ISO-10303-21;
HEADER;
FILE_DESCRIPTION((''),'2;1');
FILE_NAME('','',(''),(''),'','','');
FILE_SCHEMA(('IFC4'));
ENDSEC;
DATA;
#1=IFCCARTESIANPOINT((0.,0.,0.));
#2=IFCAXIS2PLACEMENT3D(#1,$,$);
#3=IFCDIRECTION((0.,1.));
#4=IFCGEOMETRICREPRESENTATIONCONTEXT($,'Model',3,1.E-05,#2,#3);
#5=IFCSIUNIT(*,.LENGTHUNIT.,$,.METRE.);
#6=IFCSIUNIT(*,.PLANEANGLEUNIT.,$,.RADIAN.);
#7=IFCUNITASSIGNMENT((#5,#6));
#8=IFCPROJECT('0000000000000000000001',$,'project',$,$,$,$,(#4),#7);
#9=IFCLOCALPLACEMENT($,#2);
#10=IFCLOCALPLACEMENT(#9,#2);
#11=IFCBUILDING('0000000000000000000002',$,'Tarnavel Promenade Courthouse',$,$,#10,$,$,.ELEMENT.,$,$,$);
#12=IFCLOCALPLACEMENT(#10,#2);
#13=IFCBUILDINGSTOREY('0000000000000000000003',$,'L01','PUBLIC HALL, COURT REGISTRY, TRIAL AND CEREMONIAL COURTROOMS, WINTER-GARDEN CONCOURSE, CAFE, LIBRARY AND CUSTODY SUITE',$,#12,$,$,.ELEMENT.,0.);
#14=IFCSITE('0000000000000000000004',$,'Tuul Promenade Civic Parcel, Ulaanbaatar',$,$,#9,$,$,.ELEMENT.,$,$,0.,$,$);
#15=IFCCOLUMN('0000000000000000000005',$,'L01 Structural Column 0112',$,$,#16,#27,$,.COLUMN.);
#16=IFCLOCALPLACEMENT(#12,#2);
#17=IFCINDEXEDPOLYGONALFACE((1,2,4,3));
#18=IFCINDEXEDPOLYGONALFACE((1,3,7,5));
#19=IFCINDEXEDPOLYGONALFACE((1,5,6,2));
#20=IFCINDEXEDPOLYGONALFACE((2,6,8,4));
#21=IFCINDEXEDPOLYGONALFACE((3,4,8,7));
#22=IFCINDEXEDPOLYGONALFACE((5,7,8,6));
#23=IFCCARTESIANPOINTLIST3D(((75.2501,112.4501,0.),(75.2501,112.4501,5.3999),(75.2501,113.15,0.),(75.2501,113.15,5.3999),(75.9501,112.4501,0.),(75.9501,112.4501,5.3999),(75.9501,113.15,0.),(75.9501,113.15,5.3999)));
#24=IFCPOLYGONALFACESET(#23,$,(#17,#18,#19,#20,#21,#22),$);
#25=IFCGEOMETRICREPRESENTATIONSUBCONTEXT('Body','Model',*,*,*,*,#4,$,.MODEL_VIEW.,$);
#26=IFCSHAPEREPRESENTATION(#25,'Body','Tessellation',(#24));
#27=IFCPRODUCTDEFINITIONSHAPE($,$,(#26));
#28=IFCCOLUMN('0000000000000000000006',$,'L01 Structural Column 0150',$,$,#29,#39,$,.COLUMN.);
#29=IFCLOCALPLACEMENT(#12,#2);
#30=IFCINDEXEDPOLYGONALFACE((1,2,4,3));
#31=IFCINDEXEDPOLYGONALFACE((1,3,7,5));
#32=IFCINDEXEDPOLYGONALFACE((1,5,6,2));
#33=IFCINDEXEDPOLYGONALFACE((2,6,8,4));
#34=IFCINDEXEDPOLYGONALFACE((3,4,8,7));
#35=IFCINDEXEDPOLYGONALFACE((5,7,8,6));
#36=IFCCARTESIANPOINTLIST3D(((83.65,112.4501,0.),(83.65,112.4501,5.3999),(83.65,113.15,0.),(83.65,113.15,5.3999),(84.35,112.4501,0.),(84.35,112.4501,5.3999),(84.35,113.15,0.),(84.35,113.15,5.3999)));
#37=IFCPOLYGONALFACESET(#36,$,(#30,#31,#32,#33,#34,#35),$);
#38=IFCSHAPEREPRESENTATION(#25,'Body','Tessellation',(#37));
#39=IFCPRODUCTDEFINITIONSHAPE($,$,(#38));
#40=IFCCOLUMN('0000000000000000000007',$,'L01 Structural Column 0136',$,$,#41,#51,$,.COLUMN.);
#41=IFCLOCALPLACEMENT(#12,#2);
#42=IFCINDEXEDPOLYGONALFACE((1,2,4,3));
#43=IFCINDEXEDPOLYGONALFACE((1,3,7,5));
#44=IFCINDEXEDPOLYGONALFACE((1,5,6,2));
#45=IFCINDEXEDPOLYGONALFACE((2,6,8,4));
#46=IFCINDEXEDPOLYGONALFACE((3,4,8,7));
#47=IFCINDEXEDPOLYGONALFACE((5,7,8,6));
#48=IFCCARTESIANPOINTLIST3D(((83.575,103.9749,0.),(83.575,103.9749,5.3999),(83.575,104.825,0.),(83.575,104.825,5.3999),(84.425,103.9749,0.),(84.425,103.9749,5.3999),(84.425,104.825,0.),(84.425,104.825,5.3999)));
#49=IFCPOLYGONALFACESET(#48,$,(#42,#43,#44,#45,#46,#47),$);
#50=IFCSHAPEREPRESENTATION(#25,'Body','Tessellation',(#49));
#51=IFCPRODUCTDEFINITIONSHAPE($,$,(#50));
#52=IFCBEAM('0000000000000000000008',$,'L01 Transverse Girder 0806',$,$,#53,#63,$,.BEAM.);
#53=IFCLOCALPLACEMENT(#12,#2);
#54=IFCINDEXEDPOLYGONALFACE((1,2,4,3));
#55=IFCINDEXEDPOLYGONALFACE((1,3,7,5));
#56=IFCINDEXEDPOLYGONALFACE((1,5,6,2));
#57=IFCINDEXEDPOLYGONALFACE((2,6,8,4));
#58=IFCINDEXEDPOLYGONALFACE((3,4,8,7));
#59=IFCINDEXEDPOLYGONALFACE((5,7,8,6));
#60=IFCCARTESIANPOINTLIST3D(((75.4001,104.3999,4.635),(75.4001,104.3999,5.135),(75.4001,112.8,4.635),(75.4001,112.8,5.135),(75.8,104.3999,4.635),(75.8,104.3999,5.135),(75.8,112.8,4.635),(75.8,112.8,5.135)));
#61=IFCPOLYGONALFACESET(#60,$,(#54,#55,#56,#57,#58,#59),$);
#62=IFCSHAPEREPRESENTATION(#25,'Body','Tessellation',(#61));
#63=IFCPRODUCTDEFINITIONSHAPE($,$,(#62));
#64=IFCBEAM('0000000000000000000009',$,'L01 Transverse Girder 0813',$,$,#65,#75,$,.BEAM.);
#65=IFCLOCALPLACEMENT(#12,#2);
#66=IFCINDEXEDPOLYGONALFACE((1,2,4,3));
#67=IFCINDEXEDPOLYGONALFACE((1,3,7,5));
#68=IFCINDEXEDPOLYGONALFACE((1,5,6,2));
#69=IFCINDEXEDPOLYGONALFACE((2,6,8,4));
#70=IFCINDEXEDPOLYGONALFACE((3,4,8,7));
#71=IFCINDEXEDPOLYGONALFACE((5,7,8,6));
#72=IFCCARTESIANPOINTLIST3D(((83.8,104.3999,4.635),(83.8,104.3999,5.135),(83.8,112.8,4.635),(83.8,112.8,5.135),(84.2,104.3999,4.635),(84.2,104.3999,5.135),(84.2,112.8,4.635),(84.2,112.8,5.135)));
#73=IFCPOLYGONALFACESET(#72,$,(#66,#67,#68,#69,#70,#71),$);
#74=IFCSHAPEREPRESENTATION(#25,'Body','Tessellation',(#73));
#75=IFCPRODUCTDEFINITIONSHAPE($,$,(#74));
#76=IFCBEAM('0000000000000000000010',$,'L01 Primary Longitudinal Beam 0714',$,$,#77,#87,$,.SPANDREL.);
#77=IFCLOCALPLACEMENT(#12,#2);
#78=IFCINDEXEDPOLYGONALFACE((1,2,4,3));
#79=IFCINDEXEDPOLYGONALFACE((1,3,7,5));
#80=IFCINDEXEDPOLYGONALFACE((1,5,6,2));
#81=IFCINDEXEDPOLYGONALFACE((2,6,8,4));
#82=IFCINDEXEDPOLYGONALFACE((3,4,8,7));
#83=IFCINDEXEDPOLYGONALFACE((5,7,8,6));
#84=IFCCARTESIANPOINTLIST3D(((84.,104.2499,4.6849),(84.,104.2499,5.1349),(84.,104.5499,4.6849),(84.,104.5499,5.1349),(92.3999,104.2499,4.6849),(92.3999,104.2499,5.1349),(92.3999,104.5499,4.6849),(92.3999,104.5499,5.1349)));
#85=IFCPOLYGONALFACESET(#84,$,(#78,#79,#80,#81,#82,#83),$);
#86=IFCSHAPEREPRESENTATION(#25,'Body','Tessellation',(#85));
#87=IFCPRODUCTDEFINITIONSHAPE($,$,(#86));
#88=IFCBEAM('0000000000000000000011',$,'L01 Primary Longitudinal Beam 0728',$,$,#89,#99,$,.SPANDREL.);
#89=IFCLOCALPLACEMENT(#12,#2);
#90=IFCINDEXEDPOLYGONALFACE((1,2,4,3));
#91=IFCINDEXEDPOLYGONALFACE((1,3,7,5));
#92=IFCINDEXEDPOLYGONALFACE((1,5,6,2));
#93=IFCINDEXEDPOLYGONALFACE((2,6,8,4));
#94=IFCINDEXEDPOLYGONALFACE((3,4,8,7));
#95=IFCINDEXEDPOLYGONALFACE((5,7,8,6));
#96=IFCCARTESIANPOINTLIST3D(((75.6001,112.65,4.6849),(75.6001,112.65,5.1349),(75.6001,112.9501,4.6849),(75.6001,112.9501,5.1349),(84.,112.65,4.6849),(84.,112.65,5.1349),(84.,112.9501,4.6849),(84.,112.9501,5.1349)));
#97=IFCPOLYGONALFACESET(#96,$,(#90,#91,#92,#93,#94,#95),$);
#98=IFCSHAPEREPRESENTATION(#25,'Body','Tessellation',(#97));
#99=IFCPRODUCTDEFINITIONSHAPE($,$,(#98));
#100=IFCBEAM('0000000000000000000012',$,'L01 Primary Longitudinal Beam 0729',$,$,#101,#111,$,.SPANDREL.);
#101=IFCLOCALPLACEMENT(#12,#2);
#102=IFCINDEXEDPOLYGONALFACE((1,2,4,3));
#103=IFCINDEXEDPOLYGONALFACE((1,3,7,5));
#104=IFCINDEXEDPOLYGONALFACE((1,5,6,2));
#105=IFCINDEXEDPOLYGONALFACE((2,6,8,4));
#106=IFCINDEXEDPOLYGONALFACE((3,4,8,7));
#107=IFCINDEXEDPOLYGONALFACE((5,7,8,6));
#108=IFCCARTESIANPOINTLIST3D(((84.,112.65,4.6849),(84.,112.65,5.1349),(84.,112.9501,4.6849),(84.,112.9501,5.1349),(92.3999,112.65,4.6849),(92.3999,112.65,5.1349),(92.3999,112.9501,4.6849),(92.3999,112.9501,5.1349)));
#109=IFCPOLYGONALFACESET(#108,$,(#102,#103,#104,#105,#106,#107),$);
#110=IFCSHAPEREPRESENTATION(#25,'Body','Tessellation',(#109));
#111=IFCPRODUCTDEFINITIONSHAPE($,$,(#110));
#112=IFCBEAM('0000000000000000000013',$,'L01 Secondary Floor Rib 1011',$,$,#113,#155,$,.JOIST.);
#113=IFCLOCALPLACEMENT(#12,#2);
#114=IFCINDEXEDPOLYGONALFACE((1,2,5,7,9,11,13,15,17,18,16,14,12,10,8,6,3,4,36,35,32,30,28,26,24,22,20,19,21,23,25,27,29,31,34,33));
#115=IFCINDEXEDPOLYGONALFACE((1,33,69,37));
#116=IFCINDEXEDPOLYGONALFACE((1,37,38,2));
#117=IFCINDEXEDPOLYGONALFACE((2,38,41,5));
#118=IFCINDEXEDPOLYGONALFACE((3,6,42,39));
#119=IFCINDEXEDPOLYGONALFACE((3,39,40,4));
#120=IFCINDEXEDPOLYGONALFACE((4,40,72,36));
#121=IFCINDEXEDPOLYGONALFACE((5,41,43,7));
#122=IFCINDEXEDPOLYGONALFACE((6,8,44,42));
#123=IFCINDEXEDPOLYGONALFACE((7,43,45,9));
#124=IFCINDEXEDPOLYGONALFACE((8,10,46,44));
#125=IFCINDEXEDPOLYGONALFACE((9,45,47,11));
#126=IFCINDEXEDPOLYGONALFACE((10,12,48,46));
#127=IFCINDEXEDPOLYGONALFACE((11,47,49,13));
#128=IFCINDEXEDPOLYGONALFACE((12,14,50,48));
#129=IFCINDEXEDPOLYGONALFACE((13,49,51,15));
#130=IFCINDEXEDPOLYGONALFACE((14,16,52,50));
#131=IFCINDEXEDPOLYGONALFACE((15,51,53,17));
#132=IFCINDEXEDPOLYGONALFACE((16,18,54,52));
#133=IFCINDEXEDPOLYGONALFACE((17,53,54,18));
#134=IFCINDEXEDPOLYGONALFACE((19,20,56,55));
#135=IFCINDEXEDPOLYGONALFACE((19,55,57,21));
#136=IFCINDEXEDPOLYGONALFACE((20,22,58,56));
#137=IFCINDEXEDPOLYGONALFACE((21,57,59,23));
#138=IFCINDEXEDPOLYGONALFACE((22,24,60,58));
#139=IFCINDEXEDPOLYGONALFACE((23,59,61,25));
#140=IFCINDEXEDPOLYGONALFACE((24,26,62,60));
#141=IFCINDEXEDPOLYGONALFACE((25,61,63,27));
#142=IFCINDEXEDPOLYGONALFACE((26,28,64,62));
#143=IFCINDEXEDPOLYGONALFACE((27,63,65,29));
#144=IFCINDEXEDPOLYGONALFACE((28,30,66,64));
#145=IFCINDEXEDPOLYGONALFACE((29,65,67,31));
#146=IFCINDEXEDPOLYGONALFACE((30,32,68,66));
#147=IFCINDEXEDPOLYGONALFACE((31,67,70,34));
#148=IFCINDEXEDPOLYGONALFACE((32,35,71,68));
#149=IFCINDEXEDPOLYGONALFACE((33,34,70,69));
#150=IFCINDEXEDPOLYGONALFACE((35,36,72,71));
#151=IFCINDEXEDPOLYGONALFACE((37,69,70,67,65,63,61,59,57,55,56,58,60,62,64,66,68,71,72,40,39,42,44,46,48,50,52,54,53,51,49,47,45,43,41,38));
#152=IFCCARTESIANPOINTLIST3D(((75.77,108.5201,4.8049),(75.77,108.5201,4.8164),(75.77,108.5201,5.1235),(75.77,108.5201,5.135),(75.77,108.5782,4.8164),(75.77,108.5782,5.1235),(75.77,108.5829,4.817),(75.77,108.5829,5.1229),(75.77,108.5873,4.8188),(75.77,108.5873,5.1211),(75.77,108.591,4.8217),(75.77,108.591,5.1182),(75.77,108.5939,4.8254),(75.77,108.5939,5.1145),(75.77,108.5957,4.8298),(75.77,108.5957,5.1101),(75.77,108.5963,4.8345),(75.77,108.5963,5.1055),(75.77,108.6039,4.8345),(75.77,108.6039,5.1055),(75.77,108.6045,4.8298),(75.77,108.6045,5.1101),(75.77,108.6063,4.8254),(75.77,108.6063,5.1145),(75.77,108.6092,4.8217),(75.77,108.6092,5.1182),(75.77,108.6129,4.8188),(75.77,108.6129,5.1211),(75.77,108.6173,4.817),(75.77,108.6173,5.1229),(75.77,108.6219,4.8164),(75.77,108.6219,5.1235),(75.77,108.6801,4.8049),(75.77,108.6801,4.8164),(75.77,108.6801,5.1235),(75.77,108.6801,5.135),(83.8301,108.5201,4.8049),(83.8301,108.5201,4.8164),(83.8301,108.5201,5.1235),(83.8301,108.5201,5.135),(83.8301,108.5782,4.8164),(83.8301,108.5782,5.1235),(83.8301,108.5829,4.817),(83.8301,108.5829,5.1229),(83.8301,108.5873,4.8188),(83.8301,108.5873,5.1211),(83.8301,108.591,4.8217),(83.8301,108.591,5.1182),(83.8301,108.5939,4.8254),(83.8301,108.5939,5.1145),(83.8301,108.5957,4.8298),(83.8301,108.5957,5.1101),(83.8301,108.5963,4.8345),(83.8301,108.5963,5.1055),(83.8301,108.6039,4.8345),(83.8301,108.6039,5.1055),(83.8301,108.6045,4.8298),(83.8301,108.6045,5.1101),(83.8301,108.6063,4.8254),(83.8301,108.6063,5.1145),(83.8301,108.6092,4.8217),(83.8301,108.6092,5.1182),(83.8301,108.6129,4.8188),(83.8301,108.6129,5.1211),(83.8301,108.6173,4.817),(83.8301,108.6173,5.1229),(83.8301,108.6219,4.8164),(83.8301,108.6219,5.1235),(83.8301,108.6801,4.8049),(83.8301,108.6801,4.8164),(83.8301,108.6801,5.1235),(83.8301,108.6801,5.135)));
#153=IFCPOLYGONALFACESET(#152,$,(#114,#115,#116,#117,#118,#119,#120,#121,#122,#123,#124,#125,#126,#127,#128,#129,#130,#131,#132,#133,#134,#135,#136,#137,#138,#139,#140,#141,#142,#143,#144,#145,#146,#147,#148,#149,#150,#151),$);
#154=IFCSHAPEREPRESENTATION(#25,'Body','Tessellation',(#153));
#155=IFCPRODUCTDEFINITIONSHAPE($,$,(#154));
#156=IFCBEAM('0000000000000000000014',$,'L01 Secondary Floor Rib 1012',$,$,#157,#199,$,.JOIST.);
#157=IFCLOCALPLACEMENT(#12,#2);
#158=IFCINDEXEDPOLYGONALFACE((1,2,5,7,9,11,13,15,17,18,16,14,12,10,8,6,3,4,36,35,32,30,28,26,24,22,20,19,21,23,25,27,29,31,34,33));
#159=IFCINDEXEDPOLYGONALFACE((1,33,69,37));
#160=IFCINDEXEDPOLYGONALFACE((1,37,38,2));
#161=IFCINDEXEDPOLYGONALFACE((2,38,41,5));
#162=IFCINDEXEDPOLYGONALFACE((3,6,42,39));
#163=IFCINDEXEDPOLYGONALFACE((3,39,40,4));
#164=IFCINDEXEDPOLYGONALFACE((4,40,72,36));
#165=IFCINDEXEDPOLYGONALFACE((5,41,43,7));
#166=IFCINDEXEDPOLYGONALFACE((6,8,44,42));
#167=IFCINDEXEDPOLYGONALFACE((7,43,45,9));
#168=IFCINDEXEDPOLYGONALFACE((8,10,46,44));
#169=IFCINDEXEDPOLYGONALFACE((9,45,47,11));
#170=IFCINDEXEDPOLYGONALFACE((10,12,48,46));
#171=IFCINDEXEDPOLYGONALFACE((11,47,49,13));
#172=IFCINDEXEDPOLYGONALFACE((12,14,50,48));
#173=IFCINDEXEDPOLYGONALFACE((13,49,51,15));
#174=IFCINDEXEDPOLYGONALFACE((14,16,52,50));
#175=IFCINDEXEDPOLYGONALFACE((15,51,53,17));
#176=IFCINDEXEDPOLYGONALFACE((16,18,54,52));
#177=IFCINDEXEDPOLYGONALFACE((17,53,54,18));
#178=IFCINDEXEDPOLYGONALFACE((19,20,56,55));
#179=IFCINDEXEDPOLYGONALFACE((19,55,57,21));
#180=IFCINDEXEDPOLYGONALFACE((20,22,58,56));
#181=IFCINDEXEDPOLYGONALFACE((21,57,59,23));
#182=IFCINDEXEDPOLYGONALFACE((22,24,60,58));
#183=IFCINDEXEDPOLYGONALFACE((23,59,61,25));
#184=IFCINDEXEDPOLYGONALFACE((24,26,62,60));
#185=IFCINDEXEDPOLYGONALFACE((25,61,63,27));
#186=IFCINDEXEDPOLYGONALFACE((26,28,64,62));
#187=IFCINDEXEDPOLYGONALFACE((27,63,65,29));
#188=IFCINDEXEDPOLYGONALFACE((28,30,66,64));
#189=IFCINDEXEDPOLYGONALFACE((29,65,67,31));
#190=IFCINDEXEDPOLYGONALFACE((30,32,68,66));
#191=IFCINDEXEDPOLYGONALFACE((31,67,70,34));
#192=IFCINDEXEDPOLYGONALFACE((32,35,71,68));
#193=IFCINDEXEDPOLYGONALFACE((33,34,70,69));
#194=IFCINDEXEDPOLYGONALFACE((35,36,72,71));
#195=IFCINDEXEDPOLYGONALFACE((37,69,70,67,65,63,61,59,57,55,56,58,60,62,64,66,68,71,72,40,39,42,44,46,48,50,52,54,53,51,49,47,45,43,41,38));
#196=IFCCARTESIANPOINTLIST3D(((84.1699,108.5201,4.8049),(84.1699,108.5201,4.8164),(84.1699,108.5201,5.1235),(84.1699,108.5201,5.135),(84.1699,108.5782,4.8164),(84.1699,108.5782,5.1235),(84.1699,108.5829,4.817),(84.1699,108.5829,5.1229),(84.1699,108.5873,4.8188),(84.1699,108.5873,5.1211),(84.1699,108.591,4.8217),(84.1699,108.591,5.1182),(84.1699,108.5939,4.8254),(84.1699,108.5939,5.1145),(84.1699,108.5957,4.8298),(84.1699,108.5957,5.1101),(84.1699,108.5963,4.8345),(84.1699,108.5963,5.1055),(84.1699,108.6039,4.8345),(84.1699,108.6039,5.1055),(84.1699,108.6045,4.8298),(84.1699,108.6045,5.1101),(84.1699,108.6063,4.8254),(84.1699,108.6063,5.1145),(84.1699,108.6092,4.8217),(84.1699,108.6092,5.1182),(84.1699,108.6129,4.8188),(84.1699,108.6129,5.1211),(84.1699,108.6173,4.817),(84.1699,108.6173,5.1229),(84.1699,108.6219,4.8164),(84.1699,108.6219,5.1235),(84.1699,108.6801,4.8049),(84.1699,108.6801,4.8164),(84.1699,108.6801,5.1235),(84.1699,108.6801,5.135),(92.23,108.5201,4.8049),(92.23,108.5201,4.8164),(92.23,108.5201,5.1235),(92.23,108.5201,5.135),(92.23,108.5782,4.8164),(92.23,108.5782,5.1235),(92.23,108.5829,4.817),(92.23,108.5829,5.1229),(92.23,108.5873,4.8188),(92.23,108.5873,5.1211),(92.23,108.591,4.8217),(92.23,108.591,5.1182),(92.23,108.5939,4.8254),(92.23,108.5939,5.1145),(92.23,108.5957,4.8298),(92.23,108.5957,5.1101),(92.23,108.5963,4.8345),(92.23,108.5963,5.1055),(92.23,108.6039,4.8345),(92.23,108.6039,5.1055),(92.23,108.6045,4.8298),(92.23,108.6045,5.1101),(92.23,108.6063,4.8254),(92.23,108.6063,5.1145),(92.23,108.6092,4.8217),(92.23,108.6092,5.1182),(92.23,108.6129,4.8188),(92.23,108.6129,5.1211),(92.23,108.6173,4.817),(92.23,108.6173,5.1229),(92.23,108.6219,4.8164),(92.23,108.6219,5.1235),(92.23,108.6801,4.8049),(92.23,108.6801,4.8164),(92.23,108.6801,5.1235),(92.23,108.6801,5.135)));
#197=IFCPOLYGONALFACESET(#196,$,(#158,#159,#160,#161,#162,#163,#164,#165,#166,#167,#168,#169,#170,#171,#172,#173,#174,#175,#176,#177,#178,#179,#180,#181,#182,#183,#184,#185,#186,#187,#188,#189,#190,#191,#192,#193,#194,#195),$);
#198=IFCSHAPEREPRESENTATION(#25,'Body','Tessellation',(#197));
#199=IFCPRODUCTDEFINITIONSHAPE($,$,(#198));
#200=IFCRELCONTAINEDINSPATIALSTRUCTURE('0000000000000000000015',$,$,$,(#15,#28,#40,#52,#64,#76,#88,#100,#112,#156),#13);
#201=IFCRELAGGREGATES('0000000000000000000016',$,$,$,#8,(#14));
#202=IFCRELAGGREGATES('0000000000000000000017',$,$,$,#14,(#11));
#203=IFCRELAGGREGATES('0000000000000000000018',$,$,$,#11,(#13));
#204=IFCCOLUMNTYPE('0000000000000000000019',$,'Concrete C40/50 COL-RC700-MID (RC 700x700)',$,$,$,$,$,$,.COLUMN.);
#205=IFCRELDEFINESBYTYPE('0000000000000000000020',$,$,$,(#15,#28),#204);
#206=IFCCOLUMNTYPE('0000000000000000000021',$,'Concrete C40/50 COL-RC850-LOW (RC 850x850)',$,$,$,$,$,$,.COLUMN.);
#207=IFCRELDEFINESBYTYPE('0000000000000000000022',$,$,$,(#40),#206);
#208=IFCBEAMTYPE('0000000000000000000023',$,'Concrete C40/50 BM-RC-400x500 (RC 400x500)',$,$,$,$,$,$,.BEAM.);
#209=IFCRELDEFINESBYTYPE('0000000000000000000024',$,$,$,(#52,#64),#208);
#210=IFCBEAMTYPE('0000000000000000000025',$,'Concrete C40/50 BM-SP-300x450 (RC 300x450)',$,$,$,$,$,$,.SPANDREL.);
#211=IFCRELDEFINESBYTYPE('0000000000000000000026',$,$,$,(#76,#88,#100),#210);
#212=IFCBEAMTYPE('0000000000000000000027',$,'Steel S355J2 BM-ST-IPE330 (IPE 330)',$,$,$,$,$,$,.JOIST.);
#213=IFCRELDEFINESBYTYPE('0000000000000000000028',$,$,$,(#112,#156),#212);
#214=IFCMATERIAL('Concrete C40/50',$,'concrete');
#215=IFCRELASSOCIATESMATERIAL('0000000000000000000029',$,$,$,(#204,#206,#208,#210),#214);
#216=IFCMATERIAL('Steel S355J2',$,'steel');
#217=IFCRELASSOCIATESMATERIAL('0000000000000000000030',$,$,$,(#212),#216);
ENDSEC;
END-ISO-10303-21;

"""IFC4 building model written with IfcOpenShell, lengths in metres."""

from ifc_helpers import new_model, si_unit, direction, frame, origin, origin_2d, place, context, subcontext, project, spatial, rectangle, i_section, extrude, material, material_profile, profile_set, type_object, element, save


model = new_model("IFC4")

# Units and contexts
model_context = context("Model", 3, precision=1e-05, world=origin(), true_north=direction((0.0, 1.0)))
body_context = subcontext(model_context, "Body", "Model", "MODEL_VIEW")
ifc_project = project(units=[si_unit("LENGTHUNIT", "METRE"), si_unit("PLANEANGLEUNIT", "RADIAN")], contexts=[model_context])

# Site, building, storey
site_placement = place(None, origin())
site = spatial("IfcSite", under=ifc_project, at=site_placement, Name="Tuul Promenade Civic Parcel, Ulaanbaatar", CompositionType="ELEMENT", RefElevation=0.0)
building_placement = place(site_placement, origin())
building = spatial("IfcBuilding", under=site, at=building_placement, Name="Tarnavel Promenade Courthouse", CompositionType="ELEMENT")
storey_placement = place(building_placement, origin())
storey = spatial("IfcBuildingStorey", under=building, at=storey_placement, Name="L01", Description="PUBLIC HALL, COURT REGISTRY, TRIAL AND CEREMONIAL COURTROOMS, WINTER-GARDEN CONCOURSE, CAFE, LIBRARY AND CUSTODY SUITE", CompositionType="ELEMENT", Elevation=0.0)

# Columns
ifc_material_1 = material(Name="Concrete C40/50", Category="concrete")
ifc_material_profile_1 = material_profile(ifc_material_1, rectangle(XDim=0.7, YDim=0.7, at=origin_2d()), Name="RC 700x700")
ifc_profile_set_1 = profile_set([ifc_material_profile_1], Name="Concrete C40/50")
column_type_1 = type_object("IfcColumnType", Name="Concrete C40/50 COL-RC700-MID (RC 700x700)", PredefinedType="COLUMN", material=ifc_profile_set_1)
for number, where, z_axis, x_axis, name in (
    (1, (75.6001, 112.8, 0.0), (0.0, 0.0, 1.0), (1.0, 0.0, 0.0), "L01 Structural Column 0112"),
    (2, (84.0, 112.8, 0.0), (0.0, 0.0, 1.0), (1.0, 0.0, 0.0), "L01 Structural Column 0150"),
):
    element("IfcColumn", number, at=place(storey_placement, frame(where, z_axis=z_axis, x_axis=x_axis)), inside=storey, type_object=column_type_1, Name=name, PredefinedType="COLUMN", context=body_context, shape_type="SweptSolid", body=[
        extrude(rectangle(XDim=0.7, YDim=0.7, at=origin_2d()), origin(), (0.0, 0.0, 1.0), 5.3999),
    ])
ifc_material_profile_2 = material_profile(ifc_material_1, rectangle(XDim=0.8501, YDim=0.8501, at=origin_2d()), Name="RC 850x850")
ifc_profile_set_2 = profile_set([ifc_material_profile_2], Name="Concrete C40/50")
column_type_2 = type_object("IfcColumnType", Name="Concrete C40/50 COL-RC850-LOW (RC 850x850)", PredefinedType="COLUMN", material=ifc_profile_set_2)
column_placement = place(storey_placement, frame((84.0, 104.3999, 0.0), z_axis=(0.0, 0.0, 1.0), x_axis=(1.0, 0.0, 0.0)))
element("IfcColumn", 3, at=column_placement, inside=storey, type_object=column_type_2, Name="L01 Structural Column 0136", PredefinedType="COLUMN", context=body_context, shape_type="SweptSolid", body=[
    extrude(rectangle(XDim=0.8501, YDim=0.8501, at=origin_2d()), origin(), (0.0, 0.0, 1.0), 5.3999),
])

# Beams
ifc_material_profile_3 = material_profile(ifc_material_1, rectangle(XDim=0.3999, YDim=0.5, at=origin_2d()), Name="RC 400x500")
ifc_profile_set_3 = profile_set([ifc_material_profile_3], Name="Concrete C40/50")
beam_type_1 = type_object("IfcBeamType", Name="Concrete C40/50 BM-RC-400x500 (RC 400x500)", PredefinedType="BEAM", material=ifc_profile_set_3)
for number, where, z_axis, x_axis, name in (
    (4, (75.6001, 104.3999, 4.885), (0.0, 1.0, 0.0), (-1.0, 0.0, 0.0), "L01 Transverse Girder 0806"),
    (5, (84.0, 104.3999, 4.885), (0.0, 1.0, 0.0), (-1.0, 0.0, 0.0), "L01 Transverse Girder 0813"),
):
    element("IfcBeam", number, at=place(storey_placement, frame(where, z_axis=z_axis, x_axis=x_axis)), inside=storey, type_object=beam_type_1, Name=name, PredefinedType="BEAM", context=body_context, shape_type="SweptSolid", body=[
        extrude(rectangle(XDim=0.3999, YDim=0.5, at=origin_2d()), origin(), (0.0, 0.0, 1.0), 8.4001),
    ])
ifc_material_profile_4 = material_profile(ifc_material_1, rectangle(XDim=0.3, YDim=0.45, at=origin_2d()), Name="RC 300x450")
ifc_profile_set_4 = profile_set([ifc_material_profile_4], Name="Concrete C40/50")
beam_type_2 = type_object("IfcBeamType", Name="Concrete C40/50 BM-SP-300x450 (RC 300x450)", PredefinedType="SPANDREL", material=ifc_profile_set_4)
for number, where, z_axis, x_axis, name in (
    (6, (84.0, 104.3999, 4.9099), (1.0, 0.0, 0.0), (0.0, 1.0, 0.0), "L01 Primary Longitudinal Beam 0714"),
    (7, (75.6001, 112.8, 4.9099), (1.0, 0.0, 0.0), (0.0, 1.0, 0.0), "L01 Primary Longitudinal Beam 0728"),
    (8, (84.0, 112.8, 4.9099), (1.0, 0.0, 0.0), (0.0, 1.0, 0.0), "L01 Primary Longitudinal Beam 0729"),
):
    element("IfcBeam", number, at=place(storey_placement, frame(where, z_axis=z_axis, x_axis=x_axis)), inside=storey, type_object=beam_type_2, Name=name, PredefinedType="SPANDREL", context=body_context, shape_type="SweptSolid", body=[
        extrude(rectangle(XDim=0.3, YDim=0.45, at=origin_2d()), origin(), (0.0, 0.0, 1.0), 8.3999),
    ])
ifc_material_2 = material(Name="Steel S355J2", Category="steel")
ifc_material_profile_5 = material_profile(ifc_material_2, i_section(OverallWidth=0.1599, OverallDepth=0.3301, WebThickness=0.0076, FlangeThickness=0.0115, FilletRadius=0.0181, at=origin_2d()), Name="IPE 330")
ifc_profile_set_5 = profile_set([ifc_material_profile_5], Name="Steel S355J2")
beam_type_3 = type_object("IfcBeamType", Name="Steel S355J2 BM-ST-IPE330 (IPE 330)", PredefinedType="JOIST", material=ifc_profile_set_5)
for number, where, z_axis, x_axis, name in (
    (9, (75.77, 108.6001, 4.97), (1.0, 0.0, 0.0), (0.0, 1.0, 0.0), "L01 Secondary Floor Rib 1011"),
    (10, (84.1699, 108.6001, 4.97), (1.0, 0.0, 0.0), (0.0, 1.0, 0.0), "L01 Secondary Floor Rib 1012"),
):
    element("IfcBeam", number, at=place(storey_placement, frame(where, z_axis=z_axis, x_axis=x_axis)), inside=storey, type_object=beam_type_3, Name=name, PredefinedType="JOIST", context=body_context, shape_type="SweptSolid", body=[
        extrude(i_section(OverallWidth=0.1599, OverallDepth=0.3301, WebThickness=0.0076, FlangeThickness=0.0115, FilletRadius=0.0181, at=origin_2d()), origin(), (0.0, 0.0, 1.0), 8.0601),
    ])

save(model, "model.ifc")
